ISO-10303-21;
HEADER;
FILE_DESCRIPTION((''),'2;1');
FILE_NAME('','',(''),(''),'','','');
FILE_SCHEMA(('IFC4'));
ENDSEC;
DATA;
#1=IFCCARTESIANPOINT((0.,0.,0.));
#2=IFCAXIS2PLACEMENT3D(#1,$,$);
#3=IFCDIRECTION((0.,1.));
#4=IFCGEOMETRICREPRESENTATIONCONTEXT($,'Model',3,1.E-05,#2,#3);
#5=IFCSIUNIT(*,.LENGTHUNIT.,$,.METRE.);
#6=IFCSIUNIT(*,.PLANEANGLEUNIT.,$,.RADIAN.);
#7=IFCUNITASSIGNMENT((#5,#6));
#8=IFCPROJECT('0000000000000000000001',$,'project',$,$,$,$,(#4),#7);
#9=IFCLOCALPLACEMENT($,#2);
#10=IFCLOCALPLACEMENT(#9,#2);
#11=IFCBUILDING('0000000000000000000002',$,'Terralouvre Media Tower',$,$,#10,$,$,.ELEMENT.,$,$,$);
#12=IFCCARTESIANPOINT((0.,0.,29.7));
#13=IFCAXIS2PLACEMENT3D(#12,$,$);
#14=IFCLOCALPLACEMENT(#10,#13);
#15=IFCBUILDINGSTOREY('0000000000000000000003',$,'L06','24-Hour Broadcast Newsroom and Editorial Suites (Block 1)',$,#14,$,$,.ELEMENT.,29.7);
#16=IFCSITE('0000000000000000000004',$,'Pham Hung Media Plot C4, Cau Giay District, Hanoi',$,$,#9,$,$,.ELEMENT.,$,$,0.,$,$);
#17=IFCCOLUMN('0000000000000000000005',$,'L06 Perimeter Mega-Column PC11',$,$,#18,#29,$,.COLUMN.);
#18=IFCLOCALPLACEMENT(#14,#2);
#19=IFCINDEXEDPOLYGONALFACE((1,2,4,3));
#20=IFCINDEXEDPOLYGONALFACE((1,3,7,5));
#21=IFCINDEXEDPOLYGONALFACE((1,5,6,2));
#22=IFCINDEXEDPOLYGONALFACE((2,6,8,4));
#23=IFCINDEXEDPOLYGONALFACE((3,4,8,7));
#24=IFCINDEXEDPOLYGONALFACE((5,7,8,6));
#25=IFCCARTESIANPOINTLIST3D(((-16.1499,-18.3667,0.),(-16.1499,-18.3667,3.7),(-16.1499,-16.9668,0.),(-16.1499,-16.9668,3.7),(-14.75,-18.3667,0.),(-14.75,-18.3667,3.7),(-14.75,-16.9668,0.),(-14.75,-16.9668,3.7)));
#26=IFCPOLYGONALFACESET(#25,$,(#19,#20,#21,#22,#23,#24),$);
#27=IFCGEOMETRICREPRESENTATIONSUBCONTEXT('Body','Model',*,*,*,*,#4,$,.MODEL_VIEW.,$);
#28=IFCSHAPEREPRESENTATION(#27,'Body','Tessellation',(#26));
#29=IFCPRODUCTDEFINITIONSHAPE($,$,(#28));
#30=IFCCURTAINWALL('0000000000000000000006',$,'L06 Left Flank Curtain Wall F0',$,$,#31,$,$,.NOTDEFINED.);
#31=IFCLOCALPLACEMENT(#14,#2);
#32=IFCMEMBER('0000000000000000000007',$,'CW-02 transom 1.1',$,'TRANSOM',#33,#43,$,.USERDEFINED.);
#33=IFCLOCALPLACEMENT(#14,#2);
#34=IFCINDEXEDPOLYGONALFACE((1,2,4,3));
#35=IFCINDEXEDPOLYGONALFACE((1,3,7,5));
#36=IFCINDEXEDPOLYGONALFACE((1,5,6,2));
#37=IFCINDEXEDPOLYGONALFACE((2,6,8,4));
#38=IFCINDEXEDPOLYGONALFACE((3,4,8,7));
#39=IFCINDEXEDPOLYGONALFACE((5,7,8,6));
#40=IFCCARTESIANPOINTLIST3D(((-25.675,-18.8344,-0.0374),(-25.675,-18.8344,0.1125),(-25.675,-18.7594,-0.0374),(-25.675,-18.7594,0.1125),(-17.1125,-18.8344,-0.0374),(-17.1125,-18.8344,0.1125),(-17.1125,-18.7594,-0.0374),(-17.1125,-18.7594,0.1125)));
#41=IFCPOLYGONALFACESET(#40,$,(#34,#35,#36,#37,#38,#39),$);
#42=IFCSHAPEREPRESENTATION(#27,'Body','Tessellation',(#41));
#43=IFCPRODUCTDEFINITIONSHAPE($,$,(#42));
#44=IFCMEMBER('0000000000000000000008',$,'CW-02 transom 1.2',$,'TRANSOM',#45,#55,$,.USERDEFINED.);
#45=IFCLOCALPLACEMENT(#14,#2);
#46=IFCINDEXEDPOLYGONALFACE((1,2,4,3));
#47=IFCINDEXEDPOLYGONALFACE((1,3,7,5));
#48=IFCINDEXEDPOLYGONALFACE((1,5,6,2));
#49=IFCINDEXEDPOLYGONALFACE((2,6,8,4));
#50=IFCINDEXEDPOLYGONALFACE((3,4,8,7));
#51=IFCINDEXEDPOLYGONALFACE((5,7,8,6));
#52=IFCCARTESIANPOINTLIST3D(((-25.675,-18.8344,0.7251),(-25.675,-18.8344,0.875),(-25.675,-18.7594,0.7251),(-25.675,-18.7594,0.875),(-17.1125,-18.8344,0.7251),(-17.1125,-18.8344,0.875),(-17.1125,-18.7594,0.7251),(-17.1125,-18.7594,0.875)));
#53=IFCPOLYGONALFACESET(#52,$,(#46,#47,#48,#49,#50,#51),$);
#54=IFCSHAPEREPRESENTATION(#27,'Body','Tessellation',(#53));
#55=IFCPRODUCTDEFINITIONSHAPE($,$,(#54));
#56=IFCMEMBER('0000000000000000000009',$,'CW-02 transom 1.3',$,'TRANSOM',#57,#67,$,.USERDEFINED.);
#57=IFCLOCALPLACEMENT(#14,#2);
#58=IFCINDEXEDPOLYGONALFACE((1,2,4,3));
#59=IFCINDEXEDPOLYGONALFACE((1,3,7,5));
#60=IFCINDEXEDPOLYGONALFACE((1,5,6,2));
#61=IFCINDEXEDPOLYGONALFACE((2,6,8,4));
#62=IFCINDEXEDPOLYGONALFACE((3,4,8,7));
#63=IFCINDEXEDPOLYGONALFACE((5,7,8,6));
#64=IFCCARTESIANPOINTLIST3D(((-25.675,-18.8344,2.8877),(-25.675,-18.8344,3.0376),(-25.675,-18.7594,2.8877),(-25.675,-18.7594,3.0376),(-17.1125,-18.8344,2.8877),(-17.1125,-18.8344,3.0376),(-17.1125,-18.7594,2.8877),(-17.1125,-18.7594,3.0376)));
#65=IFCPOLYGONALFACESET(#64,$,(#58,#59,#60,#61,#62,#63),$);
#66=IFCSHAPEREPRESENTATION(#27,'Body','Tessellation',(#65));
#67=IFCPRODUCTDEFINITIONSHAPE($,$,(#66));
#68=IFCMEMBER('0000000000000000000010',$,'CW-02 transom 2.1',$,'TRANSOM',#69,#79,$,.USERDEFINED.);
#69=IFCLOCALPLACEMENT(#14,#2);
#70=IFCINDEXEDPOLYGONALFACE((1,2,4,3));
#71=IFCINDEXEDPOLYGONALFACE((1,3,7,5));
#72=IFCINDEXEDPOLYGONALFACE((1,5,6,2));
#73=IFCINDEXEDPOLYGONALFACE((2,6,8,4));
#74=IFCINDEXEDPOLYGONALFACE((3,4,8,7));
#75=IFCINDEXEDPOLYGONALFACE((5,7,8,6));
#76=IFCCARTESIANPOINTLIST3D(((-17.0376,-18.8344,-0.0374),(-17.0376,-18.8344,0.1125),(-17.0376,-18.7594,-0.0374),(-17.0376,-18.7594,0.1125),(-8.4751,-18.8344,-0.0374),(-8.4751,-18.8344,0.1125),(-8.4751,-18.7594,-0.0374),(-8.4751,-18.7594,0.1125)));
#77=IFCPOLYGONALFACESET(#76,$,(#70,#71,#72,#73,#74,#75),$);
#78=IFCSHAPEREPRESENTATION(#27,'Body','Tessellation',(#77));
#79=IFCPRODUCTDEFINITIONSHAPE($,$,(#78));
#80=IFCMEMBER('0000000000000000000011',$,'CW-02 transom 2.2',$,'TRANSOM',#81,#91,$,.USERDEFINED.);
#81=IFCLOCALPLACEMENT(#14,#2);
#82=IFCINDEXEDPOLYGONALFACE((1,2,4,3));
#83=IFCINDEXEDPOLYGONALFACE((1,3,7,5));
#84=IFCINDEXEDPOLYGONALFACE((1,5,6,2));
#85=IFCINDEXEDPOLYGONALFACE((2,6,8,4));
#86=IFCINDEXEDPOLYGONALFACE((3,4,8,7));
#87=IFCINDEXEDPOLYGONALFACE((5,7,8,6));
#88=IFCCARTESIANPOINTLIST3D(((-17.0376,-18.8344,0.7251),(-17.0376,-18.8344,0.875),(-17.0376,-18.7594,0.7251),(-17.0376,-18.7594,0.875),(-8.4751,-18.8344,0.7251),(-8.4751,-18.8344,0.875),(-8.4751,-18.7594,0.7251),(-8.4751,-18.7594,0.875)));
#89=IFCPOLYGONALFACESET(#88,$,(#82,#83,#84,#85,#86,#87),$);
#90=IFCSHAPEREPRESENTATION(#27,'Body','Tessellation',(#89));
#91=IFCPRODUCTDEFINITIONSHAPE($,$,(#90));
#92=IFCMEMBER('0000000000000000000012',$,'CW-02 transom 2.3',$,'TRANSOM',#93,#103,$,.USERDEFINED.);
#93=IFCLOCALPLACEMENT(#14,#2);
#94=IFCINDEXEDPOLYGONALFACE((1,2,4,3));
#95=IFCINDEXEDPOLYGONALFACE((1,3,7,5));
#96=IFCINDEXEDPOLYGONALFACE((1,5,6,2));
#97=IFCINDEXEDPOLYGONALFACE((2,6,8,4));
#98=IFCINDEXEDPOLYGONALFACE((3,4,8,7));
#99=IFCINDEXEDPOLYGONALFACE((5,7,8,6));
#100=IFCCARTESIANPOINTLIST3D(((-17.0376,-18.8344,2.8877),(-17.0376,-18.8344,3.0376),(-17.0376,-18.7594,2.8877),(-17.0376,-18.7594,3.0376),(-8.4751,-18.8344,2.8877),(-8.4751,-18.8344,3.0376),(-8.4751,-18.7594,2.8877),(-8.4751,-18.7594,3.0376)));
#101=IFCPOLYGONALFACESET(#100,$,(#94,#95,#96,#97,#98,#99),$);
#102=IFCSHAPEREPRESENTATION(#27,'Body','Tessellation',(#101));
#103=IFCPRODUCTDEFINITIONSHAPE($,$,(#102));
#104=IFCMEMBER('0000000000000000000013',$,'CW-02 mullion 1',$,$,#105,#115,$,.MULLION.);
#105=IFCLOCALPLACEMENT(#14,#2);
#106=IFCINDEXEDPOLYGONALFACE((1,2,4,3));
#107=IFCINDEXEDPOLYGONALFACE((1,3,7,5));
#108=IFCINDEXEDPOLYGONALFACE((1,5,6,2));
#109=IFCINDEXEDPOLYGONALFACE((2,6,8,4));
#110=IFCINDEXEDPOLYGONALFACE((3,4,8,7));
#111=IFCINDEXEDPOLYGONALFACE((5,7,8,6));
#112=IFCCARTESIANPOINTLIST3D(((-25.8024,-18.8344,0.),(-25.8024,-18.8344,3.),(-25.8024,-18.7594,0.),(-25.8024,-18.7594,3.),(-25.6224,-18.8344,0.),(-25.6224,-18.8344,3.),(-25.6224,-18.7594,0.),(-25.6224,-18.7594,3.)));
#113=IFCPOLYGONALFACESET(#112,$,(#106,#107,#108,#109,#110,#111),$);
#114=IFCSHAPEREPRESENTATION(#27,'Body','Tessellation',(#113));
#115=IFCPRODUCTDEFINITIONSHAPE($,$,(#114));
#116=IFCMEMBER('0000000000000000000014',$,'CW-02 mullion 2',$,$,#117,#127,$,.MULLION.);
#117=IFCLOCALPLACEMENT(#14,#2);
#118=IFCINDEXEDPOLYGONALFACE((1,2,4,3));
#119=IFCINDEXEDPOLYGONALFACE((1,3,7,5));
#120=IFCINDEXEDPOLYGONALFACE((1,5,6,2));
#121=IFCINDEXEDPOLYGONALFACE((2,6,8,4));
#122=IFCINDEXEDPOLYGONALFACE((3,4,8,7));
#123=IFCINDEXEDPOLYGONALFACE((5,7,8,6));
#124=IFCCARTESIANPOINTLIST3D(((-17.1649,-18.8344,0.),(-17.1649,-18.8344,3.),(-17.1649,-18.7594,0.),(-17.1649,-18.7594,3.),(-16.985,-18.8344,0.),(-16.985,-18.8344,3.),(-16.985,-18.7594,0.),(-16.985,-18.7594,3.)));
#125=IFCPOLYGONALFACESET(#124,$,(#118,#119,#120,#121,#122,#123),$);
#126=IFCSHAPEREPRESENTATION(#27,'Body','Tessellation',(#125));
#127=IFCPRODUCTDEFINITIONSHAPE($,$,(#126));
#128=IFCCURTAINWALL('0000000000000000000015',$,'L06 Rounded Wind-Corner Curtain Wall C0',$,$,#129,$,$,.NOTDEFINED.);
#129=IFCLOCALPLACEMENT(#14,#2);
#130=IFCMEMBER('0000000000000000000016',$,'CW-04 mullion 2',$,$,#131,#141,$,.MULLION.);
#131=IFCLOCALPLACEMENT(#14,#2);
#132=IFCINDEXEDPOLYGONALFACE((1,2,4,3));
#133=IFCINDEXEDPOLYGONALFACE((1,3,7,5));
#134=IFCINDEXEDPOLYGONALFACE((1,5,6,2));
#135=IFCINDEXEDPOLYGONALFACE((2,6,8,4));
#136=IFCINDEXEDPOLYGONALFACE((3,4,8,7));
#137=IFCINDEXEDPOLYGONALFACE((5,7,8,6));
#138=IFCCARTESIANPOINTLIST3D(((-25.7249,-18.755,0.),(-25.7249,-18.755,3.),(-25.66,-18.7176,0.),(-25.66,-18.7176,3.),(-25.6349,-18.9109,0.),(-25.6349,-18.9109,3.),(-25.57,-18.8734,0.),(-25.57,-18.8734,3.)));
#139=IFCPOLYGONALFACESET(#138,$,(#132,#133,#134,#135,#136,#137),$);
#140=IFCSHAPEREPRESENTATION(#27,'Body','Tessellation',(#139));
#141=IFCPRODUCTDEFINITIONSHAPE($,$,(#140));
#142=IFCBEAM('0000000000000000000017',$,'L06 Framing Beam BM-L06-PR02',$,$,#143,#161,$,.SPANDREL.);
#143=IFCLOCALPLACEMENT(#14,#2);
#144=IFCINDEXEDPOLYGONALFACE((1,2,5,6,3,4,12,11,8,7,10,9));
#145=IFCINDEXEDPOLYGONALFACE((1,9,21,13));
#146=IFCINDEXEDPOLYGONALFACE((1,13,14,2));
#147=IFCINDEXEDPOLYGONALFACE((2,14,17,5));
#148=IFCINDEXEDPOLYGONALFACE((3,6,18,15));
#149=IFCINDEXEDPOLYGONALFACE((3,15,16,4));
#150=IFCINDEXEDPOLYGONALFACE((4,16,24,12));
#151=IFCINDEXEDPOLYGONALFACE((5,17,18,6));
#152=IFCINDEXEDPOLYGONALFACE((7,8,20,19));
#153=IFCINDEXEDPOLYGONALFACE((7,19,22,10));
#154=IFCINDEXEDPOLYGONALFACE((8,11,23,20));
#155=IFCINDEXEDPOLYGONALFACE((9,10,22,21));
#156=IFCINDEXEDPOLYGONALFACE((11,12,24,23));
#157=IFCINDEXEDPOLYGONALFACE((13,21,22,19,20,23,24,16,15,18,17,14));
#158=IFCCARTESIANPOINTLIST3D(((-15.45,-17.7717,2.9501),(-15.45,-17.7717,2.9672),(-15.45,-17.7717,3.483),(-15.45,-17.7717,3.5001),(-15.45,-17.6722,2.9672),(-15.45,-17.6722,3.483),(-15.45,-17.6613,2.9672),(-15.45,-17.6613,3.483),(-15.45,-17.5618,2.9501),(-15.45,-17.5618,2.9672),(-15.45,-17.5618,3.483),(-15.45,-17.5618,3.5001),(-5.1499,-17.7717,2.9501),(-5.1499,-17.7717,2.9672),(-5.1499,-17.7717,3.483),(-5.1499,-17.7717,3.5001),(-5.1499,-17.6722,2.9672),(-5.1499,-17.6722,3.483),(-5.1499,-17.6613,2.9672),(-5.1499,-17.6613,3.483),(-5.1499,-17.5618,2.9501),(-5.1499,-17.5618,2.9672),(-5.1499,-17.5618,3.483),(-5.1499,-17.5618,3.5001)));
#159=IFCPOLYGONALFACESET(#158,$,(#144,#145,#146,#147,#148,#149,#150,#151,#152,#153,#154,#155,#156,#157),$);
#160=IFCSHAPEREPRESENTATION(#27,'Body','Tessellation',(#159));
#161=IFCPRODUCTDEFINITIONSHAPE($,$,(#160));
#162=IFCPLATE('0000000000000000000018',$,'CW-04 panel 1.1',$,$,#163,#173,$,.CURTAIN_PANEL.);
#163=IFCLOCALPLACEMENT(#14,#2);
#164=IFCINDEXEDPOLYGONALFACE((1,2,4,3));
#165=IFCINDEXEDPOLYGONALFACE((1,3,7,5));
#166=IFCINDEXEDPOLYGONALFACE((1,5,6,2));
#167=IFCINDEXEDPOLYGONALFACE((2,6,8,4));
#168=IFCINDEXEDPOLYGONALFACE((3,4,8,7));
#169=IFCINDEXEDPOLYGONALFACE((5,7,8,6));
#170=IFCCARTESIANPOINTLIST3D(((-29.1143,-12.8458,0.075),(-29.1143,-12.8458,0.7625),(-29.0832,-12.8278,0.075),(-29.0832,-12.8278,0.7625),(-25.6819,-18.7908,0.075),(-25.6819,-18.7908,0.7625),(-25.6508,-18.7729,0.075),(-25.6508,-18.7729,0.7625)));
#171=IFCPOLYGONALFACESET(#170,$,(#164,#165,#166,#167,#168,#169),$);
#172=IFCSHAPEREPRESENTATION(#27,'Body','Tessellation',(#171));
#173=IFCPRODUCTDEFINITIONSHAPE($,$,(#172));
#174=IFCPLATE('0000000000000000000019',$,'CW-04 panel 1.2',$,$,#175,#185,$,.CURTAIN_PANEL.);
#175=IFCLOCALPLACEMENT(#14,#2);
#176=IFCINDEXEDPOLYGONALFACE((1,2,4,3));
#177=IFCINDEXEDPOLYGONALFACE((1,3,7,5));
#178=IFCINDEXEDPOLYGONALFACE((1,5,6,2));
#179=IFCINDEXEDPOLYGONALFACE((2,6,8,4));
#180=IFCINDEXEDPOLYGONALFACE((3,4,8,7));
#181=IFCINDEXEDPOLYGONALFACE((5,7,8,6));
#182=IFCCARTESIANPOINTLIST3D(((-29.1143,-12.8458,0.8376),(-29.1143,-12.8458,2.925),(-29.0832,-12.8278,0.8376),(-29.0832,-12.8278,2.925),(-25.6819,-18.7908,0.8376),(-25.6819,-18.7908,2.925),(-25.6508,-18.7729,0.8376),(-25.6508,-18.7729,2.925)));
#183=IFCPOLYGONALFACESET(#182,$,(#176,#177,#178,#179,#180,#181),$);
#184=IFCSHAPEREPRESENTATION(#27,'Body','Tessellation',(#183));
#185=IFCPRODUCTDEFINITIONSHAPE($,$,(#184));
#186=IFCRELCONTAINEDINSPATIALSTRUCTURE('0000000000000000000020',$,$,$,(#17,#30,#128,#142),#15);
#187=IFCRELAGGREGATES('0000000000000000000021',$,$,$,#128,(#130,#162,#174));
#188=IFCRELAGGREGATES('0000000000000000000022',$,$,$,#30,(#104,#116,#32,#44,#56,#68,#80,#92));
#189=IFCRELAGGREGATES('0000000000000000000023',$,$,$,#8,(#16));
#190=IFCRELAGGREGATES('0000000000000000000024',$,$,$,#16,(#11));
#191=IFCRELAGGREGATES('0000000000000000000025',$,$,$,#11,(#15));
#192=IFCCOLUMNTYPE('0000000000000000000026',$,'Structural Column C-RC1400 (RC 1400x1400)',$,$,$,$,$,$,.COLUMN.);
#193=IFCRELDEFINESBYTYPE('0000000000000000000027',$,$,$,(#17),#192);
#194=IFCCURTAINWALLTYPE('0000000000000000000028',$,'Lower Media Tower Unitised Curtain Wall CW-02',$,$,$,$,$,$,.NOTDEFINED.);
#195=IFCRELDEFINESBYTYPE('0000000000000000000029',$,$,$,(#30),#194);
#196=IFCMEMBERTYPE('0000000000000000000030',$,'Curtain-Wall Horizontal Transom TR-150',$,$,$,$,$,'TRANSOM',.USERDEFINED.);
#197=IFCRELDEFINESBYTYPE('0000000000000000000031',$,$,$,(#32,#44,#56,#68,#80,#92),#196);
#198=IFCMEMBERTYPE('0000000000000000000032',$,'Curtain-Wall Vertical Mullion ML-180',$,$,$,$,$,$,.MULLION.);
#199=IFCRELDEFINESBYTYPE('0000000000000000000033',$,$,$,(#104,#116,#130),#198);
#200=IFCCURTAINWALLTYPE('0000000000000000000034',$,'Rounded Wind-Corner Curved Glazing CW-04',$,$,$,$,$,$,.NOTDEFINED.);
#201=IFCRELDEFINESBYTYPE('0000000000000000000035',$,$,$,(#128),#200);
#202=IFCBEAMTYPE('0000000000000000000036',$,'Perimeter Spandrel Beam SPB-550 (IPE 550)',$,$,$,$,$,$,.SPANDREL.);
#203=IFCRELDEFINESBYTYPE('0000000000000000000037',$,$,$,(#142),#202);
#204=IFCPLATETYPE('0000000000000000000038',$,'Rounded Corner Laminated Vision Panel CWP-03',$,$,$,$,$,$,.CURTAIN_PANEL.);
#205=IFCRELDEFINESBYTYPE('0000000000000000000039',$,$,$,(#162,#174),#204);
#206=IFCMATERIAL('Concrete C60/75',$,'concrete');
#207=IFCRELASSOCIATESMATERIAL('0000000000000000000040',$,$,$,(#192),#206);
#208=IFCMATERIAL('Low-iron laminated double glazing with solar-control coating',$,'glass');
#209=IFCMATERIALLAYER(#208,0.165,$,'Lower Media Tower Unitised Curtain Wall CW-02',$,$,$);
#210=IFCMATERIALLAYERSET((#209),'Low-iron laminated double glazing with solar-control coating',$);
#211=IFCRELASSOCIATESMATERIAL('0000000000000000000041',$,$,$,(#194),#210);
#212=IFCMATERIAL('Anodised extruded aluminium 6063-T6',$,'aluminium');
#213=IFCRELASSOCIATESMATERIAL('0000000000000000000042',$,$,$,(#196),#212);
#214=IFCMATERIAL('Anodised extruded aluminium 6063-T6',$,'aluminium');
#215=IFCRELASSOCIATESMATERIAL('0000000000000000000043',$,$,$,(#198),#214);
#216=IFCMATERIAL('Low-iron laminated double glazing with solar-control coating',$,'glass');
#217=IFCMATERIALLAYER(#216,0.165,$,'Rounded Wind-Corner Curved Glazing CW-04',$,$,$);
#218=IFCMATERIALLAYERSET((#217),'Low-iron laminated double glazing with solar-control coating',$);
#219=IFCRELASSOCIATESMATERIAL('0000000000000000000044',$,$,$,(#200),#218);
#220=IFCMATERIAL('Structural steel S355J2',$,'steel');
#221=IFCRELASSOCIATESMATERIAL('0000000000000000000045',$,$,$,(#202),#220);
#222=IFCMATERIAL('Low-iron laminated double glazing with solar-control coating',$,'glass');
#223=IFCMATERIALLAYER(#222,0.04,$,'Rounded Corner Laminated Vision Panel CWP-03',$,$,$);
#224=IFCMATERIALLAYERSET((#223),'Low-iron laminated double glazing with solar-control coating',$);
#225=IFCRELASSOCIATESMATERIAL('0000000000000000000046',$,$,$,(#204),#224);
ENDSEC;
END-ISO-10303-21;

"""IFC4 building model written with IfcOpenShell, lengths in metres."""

from ifc_helpers import new_model, si_unit, direction, frame, origin, origin_2d, place, context, subcontext, project, spatial, rectangle, i_section, extrude, material, layer, layer_set, material_profile, profile_set, type_object, element, aggregate, save


model = new_model("IFC4")

# Units and contexts
model_context = context("Model", 3, precision=1e-05, world=origin(), true_north=direction((0.0, 1.0)))
body_context = subcontext(model_context, "Body", "Model", "MODEL_VIEW")
ifc_project = project(units=[si_unit("LENGTHUNIT", "METRE"), si_unit("PLANEANGLEUNIT", "RADIAN")], contexts=[model_context])

# Site, building, storey
site_placement = place(None, origin())
site = spatial("IfcSite", under=ifc_project, at=site_placement, Name="Pham Hung Media Plot C4, Cau Giay District, Hanoi", CompositionType="ELEMENT", RefElevation=0.0)
building_placement = place(site_placement, origin())
building = spatial("IfcBuilding", under=site, at=building_placement, Name="Terralouvre Media Tower", CompositionType="ELEMENT")
storey_placement = place(building_placement, frame((0.0, 0.0, 29.7)))
storey = spatial("IfcBuildingStorey", under=building, at=storey_placement, Name="L06", Description="24-Hour Broadcast Newsroom and Editorial Suites (Block 1)", CompositionType="ELEMENT", Elevation=29.7)

# Column
ifc_material_1 = material(Name="Concrete C60/75", Category="concrete")
ifc_material_profile_1 = material_profile(ifc_material_1, rectangle(XDim=1.3999, YDim=1.3999, at=origin_2d()), Name="RC 1400x1400")
ifc_profile_set_1 = profile_set([ifc_material_profile_1], Name="Concrete C60/75")
column_type = type_object("IfcColumnType", Name="Structural Column C-RC1400 (RC 1400x1400)", PredefinedType="COLUMN", material=ifc_profile_set_1)
column_placement = place(storey_placement, frame((-15.45, -17.6667, 0.0), z_axis=(0.0, 0.0, 1.0), x_axis=(1.0, 0.0, 0.0)))
element("IfcColumn", 1, at=column_placement, inside=storey, type_object=column_type, Name="L06 Perimeter Mega-Column PC11", PredefinedType="COLUMN", context=body_context, shape_type="SweptSolid", body=[
    extrude(rectangle(XDim=1.3999, YDim=1.3999, at=origin_2d()), origin(), (0.0, 0.0, 1.0), 3.7),
])

# Curtain wall, members
ifc_material_2 = material(Name="Low-iron laminated double glazing with solar-control coating", Category="glass")
ifc_layer_1 = layer(ifc_material_2, 0.165, Name="Lower Media Tower Unitised Curtain Wall CW-02")
ifc_layer_set_1 = layer_set([ifc_layer_1], Name="Low-iron laminated double glazing with solar-control coating")
curtain_wall_type_1 = type_object("IfcCurtainWallType", Name="Lower Media Tower Unitised Curtain Wall CW-02", PredefinedType="NOTDEFINED", material=ifc_layer_set_1)
curtain_wall_1_placement = place(storey_placement, origin())
curtain_wall_1 = element("IfcCurtainWall", 2, at=curtain_wall_1_placement, inside=storey, type_object=curtain_wall_type_1, Name="L06 Left Flank Curtain Wall F0", PredefinedType="NOTDEFINED")
ifc_material_3 = material(Name="Anodised extruded aluminium 6063-T6", Category="aluminium")
ifc_material_profile_2 = material_profile(ifc_material_3, rectangle(XDim=0.075, YDim=0.1499, at=origin_2d()), Name="ALU 75x150")
ifc_profile_set_2 = profile_set([ifc_material_profile_2], Name="Anodised extruded aluminium 6063-T6")
member_type_1 = type_object("IfcMemberType", Name="Curtain-Wall Horizontal Transom TR-150", ElementType="TRANSOM", PredefinedType="USERDEFINED", material=ifc_profile_set_2)
member_1_placement = place(storey_placement, frame((-25.675, -18.7969, 0.0376), z_axis=(1.0, 0.0, 0.0), x_axis=(0.0, 1.0, 0.0)))
member_1 = element("IfcMember", 3, at=member_1_placement, type_object=member_type_1, Name="CW-02 transom 1.1", ObjectType="TRANSOM", PredefinedType="USERDEFINED", context=body_context, shape_type="SweptSolid", body=[
    extrude(rectangle(XDim=0.075, YDim=0.1499, at=origin_2d()), origin(), (0.0, 0.0, 1.0), 8.5625),
])
member_2_placement = place(storey_placement, frame((-25.675, -18.7969, 0.8), z_axis=(1.0, 0.0, 0.0), x_axis=(0.0, 1.0, 0.0)))
member_2 = element("IfcMember", 4, at=member_2_placement, type_object=member_type_1, Name="CW-02 transom 1.2", ObjectType="TRANSOM", PredefinedType="USERDEFINED", context=body_context, shape_type="SweptSolid", body=[
    extrude(rectangle(XDim=0.075, YDim=0.1499, at=origin_2d()), origin(), (0.0, 0.0, 1.0), 8.5625),
])
member_3_placement = place(storey_placement, frame((-25.675, -18.7969, 2.9626), z_axis=(1.0, 0.0, 0.0), x_axis=(0.0, 1.0, 0.0)))
member_3 = element("IfcMember", 5, at=member_3_placement, type_object=member_type_1, Name="CW-02 transom 1.3", ObjectType="TRANSOM", PredefinedType="USERDEFINED", context=body_context, shape_type="SweptSolid", body=[
    extrude(rectangle(XDim=0.075, YDim=0.1499, at=origin_2d()), origin(), (0.0, 0.0, 1.0), 8.5625),
])
member_4_placement = place(storey_placement, frame((-17.0376, -18.7969, 0.0376), z_axis=(1.0, 0.0, 0.0), x_axis=(0.0, 1.0, 0.0)))
member_4 = element("IfcMember", 6, at=member_4_placement, type_object=member_type_1, Name="CW-02 transom 2.1", ObjectType="TRANSOM", PredefinedType="USERDEFINED", context=body_context, shape_type="SweptSolid", body=[
    extrude(rectangle(XDim=0.075, YDim=0.1499, at=origin_2d()), origin(), (0.0, 0.0, 1.0), 8.5625),
])
member_5_placement = place(storey_placement, frame((-17.0376, -18.7969, 0.8), z_axis=(1.0, 0.0, 0.0), x_axis=(0.0, 1.0, 0.0)))
member_5 = element("IfcMember", 7, at=member_5_placement, type_object=member_type_1, Name="CW-02 transom 2.2", ObjectType="TRANSOM", PredefinedType="USERDEFINED", context=body_context, shape_type="SweptSolid", body=[
    extrude(rectangle(XDim=0.075, YDim=0.1499, at=origin_2d()), origin(), (0.0, 0.0, 1.0), 8.5625),
])
member_6_placement = place(storey_placement, frame((-17.0376, -18.7969, 2.9626), z_axis=(1.0, 0.0, 0.0), x_axis=(0.0, 1.0, 0.0)))
member_6 = element("IfcMember", 8, at=member_6_placement, type_object=member_type_1, Name="CW-02 transom 2.3", ObjectType="TRANSOM", PredefinedType="USERDEFINED", context=body_context, shape_type="SweptSolid", body=[
    extrude(rectangle(XDim=0.075, YDim=0.1499, at=origin_2d()), origin(), (0.0, 0.0, 1.0), 8.5625),
])
ifc_material_4 = material(Name="Anodised extruded aluminium 6063-T6", Category="aluminium")
ifc_material_profile_3 = material_profile(ifc_material_4, rectangle(XDim=0.075, YDim=0.1799, at=origin_2d()), Name="ALU 75x180")
ifc_profile_set_3 = profile_set([ifc_material_profile_3], Name="Anodised extruded aluminium 6063-T6")
member_type_2 = type_object("IfcMemberType", Name="Curtain-Wall Vertical Mullion ML-180", PredefinedType="MULLION", material=ifc_profile_set_3)
member_7_placement = place(storey_placement, frame((-25.7124, -18.7969, 0.0), z_axis=(0.0, 0.0, 1.0), x_axis=(0.0, 1.0, 0.0)))
member_7 = element("IfcMember", 9, at=member_7_placement, type_object=member_type_2, Name="CW-02 mullion 1", PredefinedType="MULLION", context=body_context, shape_type="SweptSolid", body=[
    extrude(rectangle(XDim=0.075, YDim=0.1799, at=origin_2d()), origin(), (0.0, 0.0, 1.0), 3.0),
])
member_8_placement = place(storey_placement, frame((-17.075, -18.7969, 0.0), z_axis=(0.0, 0.0, 1.0), x_axis=(0.0, 1.0, 0.0)))
member_8 = element("IfcMember", 10, at=member_8_placement, type_object=member_type_2, Name="CW-02 mullion 2", PredefinedType="MULLION", context=body_context, shape_type="SweptSolid", body=[
    extrude(rectangle(XDim=0.075, YDim=0.1799, at=origin_2d()), origin(), (0.0, 0.0, 1.0), 3.0),
])

# Curtain wall, member
ifc_material_5 = material(Name="Low-iron laminated double glazing with solar-control coating", Category="glass")
ifc_layer_2 = layer(ifc_material_5, 0.165, Name="Rounded Wind-Corner Curved Glazing CW-04")
ifc_layer_set_2 = layer_set([ifc_layer_2], Name="Low-iron laminated double glazing with solar-control coating")
curtain_wall_type_2 = type_object("IfcCurtainWallType", Name="Rounded Wind-Corner Curved Glazing CW-04", PredefinedType="NOTDEFINED", material=ifc_layer_set_2)
curtain_wall_2_placement = place(storey_placement, origin())
curtain_wall_2 = element("IfcCurtainWall", 11, at=curtain_wall_2_placement, inside=storey, type_object=curtain_wall_type_2, Name="L06 Rounded Wind-Corner Curtain Wall C0", PredefinedType="NOTDEFINED")
member_9_placement = place(storey_placement, frame((-25.6475, -18.8142, 0.0), z_axis=(0.0, 0.0, 1.0), x_axis=(0.866026, 0.5, 0.0)))
member_9 = element("IfcMember", 12, at=member_9_placement, type_object=member_type_2, Name="CW-04 mullion 2", PredefinedType="MULLION", context=body_context, shape_type="SweptSolid", body=[
    extrude(rectangle(XDim=0.075, YDim=0.1799, at=origin_2d()), origin(), (0.0, 0.0, 1.0), 3.0),
])

# Beam
ifc_material_6 = material(Name="Structural steel S355J2", Category="steel")
ifc_material_profile_4 = material_profile(ifc_material_6, i_section(OverallWidth=0.21, OverallDepth=0.55, WebThickness=0.011, FlangeThickness=0.0171, at=origin_2d()), Name="IPE 550")
ifc_profile_set_4 = profile_set([ifc_material_profile_4], Name="Structural steel S355J2")
beam_type = type_object("IfcBeamType", Name="Perimeter Spandrel Beam SPB-550 (IPE 550)", PredefinedType="SPANDREL", material=ifc_profile_set_4)
beam_placement = place(storey_placement, frame((-15.45, -17.6667, 3.2251), z_axis=(1.0, 0.0, 0.0), x_axis=(0.0, 1.0, 0.0)))
element("IfcBeam", 13, at=beam_placement, inside=storey, type_object=beam_type, Name="L06 Framing Beam BM-L06-PR02", PredefinedType="SPANDREL", context=body_context, shape_type="SweptSolid", body=[
    extrude(i_section(OverallWidth=0.21, OverallDepth=0.55, WebThickness=0.011, FlangeThickness=0.0171, at=origin_2d()), origin(), (0.0, 0.0, 1.0), 10.3),
])

# Plates
ifc_material_7 = material(Name="Low-iron laminated double glazing with solar-control coating", Category="glass")
ifc_layer_3 = layer(ifc_material_7, 0.04, Name="Rounded Corner Laminated Vision Panel CWP-03")
ifc_layer_set_3 = layer_set([ifc_layer_3], Name="Low-iron laminated double glazing with solar-control coating")
plate_type_1 = type_object("IfcPlateType", Name="Rounded Corner Laminated Vision Panel CWP-03", PredefinedType="CURTAIN_PANEL", material=ifc_layer_set_3)
plate_1_placement = place(storey_placement, frame((-27.3826, -15.8093, 0.075), z_axis=(0.0, 0.0, 1.0), x_axis=(0.5, -0.866026, 0.0)))
plate_1 = element("IfcPlate", 14, at=plate_1_placement, type_object=plate_type_1, Name="CW-04 panel 1.1", PredefinedType="CURTAIN_PANEL", context=body_context, shape_type="SweptSolid", body=[
    extrude(rectangle(XDim=6.8647, YDim=0.0359, at=origin_2d()), origin(), (0.0, 0.0, 1.0), 0.6875),
])
plate_2_placement = place(storey_placement, frame((-27.3826, -15.8093, 0.8376), z_axis=(0.0, 0.0, 1.0), x_axis=(0.5, -0.866026, 0.0)))
plate_2 = element("IfcPlate", 15, at=plate_2_placement, type_object=plate_type_1, Name="CW-04 panel 1.2", PredefinedType="CURTAIN_PANEL", context=body_context, shape_type="SweptSolid", body=[
    extrude(rectangle(XDim=6.8647, YDim=0.0359, at=origin_2d()), origin(), (0.0, 0.0, 1.0), 2.0874),
])
aggregate(curtain_wall_2, [member_9, plate_1, plate_2])
aggregate(curtain_wall_1, [member_7, member_8, member_1, member_2, member_3, member_4, member_5, member_6])

save(model, "model.ifc")
